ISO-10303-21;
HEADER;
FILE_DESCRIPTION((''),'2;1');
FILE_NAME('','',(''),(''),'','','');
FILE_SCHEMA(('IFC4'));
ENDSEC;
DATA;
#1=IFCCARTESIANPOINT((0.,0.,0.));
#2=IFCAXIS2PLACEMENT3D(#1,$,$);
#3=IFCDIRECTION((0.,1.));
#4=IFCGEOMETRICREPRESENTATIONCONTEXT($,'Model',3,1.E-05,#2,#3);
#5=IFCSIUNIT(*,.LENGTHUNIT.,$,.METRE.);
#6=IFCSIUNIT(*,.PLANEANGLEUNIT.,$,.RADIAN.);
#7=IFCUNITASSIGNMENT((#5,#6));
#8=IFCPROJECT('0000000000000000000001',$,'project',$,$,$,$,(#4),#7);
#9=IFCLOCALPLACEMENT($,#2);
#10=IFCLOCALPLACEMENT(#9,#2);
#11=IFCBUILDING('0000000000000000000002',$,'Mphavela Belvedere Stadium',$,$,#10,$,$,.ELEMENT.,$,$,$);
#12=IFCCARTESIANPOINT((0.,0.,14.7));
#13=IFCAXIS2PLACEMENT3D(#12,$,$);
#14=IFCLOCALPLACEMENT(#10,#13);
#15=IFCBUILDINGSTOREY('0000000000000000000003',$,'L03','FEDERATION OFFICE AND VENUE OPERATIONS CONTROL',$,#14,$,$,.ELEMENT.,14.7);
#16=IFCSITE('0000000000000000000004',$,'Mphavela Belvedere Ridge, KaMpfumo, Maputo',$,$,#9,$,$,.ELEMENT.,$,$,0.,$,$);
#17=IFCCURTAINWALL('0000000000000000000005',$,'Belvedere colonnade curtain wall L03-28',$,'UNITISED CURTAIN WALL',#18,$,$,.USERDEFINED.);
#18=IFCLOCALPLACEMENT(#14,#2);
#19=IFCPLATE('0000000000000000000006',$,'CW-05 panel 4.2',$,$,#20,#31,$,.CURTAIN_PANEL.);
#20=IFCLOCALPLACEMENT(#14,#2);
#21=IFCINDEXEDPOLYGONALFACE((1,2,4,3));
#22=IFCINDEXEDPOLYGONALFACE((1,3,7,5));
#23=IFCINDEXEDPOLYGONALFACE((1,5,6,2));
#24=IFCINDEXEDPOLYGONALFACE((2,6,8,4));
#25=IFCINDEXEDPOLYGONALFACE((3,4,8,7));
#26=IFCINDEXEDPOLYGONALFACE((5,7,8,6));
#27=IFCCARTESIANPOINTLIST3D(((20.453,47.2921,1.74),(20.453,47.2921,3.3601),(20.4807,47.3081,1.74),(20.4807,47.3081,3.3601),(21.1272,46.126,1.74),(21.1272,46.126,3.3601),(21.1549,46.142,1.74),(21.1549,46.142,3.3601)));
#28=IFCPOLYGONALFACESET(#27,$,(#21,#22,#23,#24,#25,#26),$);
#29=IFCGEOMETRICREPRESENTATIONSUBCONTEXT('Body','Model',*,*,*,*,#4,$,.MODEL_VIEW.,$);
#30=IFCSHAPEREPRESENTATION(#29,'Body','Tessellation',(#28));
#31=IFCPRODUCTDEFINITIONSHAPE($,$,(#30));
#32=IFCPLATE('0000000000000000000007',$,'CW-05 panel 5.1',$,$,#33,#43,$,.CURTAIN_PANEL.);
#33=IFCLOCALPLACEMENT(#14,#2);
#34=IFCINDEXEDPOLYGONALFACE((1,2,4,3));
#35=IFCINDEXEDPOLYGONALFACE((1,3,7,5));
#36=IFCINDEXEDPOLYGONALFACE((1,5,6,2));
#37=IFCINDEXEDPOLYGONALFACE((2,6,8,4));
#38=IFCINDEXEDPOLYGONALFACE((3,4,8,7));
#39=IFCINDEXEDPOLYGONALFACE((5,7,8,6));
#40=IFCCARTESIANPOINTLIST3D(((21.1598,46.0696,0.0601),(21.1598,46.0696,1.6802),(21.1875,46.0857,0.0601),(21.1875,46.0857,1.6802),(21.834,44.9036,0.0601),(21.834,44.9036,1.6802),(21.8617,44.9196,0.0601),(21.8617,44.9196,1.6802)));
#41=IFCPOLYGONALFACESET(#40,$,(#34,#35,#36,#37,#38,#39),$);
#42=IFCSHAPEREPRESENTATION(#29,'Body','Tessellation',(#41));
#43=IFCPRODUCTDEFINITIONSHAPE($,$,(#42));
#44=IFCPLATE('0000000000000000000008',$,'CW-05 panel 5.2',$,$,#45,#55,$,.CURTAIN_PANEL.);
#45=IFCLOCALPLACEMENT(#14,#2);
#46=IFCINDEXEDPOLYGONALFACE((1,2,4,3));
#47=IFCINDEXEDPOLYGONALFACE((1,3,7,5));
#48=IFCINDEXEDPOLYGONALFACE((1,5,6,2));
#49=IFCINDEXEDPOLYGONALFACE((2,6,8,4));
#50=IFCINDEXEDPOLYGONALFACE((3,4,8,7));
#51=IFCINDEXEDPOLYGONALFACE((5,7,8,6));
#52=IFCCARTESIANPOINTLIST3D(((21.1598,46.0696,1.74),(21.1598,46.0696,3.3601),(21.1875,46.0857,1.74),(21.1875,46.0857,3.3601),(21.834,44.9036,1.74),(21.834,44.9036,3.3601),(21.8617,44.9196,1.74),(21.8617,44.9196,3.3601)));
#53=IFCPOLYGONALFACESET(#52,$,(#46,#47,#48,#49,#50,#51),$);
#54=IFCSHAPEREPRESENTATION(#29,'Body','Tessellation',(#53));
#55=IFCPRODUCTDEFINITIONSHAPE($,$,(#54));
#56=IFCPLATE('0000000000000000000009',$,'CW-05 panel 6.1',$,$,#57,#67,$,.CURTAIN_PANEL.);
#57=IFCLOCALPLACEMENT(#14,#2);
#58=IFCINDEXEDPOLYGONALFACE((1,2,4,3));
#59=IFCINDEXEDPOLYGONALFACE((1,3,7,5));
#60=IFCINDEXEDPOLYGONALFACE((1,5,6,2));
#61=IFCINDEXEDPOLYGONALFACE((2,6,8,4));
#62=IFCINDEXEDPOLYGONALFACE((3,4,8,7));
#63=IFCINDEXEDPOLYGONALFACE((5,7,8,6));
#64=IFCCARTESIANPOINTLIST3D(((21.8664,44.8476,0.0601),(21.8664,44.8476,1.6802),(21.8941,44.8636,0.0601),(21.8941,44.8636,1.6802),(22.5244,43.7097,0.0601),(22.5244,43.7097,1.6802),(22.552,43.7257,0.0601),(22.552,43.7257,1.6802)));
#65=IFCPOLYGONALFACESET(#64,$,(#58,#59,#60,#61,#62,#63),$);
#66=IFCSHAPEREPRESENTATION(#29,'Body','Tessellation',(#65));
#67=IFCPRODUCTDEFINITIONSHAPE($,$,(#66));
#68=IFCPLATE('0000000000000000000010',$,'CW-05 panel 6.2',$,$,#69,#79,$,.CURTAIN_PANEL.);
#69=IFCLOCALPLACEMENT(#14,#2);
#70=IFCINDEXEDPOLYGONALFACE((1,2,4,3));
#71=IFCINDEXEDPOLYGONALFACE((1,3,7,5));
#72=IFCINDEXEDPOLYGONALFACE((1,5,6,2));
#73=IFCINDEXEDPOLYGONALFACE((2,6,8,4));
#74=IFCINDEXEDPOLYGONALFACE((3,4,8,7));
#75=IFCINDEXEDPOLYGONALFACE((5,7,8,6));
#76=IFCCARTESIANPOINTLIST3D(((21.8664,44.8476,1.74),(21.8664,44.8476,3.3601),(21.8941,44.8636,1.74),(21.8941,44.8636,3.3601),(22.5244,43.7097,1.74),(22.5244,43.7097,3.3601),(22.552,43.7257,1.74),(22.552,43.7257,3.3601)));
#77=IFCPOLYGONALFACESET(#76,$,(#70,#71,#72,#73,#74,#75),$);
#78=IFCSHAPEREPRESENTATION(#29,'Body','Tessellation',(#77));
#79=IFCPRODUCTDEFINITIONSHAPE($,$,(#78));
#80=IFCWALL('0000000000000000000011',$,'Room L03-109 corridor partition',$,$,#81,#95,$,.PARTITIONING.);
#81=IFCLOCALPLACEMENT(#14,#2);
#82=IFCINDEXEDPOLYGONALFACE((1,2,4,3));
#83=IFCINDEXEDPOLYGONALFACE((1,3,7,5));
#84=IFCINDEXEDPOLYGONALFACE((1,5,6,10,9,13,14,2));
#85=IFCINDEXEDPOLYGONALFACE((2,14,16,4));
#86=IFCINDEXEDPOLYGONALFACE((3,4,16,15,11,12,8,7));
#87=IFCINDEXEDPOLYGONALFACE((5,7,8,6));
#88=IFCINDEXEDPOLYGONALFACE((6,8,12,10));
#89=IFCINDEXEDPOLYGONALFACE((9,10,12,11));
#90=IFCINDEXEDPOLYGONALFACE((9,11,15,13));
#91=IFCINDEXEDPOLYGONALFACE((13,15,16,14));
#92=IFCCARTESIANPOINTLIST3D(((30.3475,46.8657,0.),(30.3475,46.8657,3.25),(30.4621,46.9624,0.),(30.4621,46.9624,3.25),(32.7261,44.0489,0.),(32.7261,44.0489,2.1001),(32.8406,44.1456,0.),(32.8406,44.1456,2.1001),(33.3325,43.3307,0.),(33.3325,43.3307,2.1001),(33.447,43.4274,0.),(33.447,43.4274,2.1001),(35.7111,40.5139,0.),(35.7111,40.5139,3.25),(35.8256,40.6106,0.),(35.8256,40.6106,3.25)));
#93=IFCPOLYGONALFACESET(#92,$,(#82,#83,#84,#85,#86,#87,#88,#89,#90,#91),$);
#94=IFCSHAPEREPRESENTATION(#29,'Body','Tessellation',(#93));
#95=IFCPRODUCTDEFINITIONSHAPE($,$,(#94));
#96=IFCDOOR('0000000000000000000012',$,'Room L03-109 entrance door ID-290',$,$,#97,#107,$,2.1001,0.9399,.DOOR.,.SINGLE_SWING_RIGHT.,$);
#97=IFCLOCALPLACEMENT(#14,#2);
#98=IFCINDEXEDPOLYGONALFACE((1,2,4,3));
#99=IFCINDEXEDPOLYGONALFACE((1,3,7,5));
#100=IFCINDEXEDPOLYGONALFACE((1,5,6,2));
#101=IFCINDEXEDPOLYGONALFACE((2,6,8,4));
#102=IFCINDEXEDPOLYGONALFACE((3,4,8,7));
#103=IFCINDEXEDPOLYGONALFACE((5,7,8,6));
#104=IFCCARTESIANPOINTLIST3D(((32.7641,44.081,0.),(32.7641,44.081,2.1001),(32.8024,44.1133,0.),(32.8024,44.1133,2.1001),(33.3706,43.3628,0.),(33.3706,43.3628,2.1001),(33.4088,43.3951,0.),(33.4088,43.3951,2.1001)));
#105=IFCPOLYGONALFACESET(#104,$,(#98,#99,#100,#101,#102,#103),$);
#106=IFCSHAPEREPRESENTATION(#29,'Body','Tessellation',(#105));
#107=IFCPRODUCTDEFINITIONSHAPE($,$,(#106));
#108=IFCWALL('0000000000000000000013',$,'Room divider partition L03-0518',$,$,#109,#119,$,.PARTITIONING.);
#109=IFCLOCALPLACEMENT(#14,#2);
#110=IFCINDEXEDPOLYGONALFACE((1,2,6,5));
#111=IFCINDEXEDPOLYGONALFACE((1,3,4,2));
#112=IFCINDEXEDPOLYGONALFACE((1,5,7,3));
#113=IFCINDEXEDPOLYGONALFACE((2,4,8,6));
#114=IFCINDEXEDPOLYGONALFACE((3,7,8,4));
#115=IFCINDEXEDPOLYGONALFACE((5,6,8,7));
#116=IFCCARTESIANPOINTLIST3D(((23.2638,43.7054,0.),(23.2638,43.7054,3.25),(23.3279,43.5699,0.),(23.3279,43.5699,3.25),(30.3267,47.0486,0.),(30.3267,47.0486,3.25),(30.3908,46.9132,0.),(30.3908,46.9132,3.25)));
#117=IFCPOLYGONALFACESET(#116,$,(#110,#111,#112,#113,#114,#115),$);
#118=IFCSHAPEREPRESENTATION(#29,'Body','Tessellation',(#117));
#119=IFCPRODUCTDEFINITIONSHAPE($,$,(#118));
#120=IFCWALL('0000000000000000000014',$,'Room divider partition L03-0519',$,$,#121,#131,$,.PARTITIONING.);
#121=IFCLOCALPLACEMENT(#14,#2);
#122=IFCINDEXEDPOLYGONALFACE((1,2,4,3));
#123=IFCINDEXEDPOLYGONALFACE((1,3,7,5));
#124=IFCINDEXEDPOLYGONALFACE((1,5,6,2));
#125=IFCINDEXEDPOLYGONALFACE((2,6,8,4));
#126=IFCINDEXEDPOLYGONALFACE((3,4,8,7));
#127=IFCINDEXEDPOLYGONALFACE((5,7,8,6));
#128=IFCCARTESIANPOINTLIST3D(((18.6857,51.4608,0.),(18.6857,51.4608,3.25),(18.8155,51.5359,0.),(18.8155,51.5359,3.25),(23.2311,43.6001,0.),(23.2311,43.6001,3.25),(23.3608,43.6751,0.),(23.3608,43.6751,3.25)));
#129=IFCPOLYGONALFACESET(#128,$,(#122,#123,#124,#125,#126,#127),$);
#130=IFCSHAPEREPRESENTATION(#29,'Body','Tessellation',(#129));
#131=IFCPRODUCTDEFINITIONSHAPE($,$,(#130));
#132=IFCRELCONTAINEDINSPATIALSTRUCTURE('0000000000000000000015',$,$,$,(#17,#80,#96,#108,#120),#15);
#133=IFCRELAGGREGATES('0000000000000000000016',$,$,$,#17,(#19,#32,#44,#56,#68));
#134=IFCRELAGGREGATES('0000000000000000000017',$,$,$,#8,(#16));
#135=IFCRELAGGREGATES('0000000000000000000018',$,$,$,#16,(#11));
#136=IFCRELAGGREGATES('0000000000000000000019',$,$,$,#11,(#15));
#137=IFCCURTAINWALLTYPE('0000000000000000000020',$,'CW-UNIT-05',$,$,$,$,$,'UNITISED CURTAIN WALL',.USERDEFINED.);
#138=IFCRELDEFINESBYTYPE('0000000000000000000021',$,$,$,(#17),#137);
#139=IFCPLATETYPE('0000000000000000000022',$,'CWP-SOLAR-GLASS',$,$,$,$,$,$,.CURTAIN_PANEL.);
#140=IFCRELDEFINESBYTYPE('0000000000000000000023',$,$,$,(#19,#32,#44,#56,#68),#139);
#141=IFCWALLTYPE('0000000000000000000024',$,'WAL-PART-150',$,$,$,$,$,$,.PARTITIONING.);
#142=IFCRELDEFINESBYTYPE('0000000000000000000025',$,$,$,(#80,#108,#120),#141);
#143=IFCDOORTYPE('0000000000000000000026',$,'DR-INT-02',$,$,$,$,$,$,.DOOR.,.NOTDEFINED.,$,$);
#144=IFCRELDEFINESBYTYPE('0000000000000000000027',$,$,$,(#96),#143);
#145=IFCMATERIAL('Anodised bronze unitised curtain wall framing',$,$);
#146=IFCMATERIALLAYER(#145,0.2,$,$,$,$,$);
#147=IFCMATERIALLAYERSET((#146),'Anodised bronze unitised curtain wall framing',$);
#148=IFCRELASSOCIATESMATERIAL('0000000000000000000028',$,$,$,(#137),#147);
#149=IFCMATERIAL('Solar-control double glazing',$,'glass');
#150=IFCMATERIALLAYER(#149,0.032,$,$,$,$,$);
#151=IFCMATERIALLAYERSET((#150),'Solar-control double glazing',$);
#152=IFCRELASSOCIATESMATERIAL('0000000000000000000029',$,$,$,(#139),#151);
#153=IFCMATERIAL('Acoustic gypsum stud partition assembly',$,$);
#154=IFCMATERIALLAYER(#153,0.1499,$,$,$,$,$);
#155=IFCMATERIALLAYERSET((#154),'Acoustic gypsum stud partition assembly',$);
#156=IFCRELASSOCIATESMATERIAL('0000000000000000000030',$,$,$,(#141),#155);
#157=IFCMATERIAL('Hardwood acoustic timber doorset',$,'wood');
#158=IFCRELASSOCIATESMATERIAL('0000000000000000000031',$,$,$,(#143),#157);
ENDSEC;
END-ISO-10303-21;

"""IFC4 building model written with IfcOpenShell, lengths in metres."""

from ifc_helpers import new_model, si_unit, direction, frame, frame_2d, origin, origin_2d, place, context, subcontext, project, spatial, rectangle, extrude, material, layer, layer_set, type_object, element, fill, aggregate, save


model = new_model("IFC4")

# Units and contexts
model_context = context("Model", 3, precision=1e-05, world=origin(), true_north=direction((0.0, 1.0)))
body_context = subcontext(model_context, "Body", "Model", "MODEL_VIEW")
ifc_project = project(units=[si_unit("LENGTHUNIT", "METRE"), si_unit("PLANEANGLEUNIT", "RADIAN")], contexts=[model_context])

# Site, building, storey
site_placement = place(None, origin())
site = spatial("IfcSite", under=ifc_project, at=site_placement, Name="Mphavela Belvedere Ridge, KaMpfumo, Maputo", CompositionType="ELEMENT", RefElevation=0.0)
building_placement = place(site_placement, origin())
building = spatial("IfcBuilding", under=site, at=building_placement, Name="Mphavela Belvedere Stadium", CompositionType="ELEMENT")
storey_placement = place(building_placement, frame((0.0, 0.0, 14.7)))
storey = spatial("IfcBuildingStorey", under=building, at=storey_placement, Name="L03", Description="FEDERATION OFFICE AND VENUE OPERATIONS CONTROL", CompositionType="ELEMENT", Elevation=14.7)

# Curtain wall, plates
ifc_material_1 = material(Name="Anodised bronze unitised curtain wall framing")
ifc_layer_1 = layer(ifc_material_1, 0.2)
ifc_layer_set_1 = layer_set([ifc_layer_1], Name="Anodised bronze unitised curtain wall framing")
curtain_wall_type = type_object("IfcCurtainWallType", Name="CW-UNIT-05", ElementType="UNITISED CURTAIN WALL", PredefinedType="USERDEFINED", material=ifc_layer_set_1)
curtain_wall_placement = place(storey_placement, origin())
curtain_wall = element("IfcCurtainWall", 1, at=curtain_wall_placement, inside=storey, type_object=curtain_wall_type, Name="Belvedere colonnade curtain wall L03-28", ObjectType="UNITISED CURTAIN WALL", PredefinedType="USERDEFINED")
ifc_material_2 = material(Name="Solar-control double glazing", Category="glass")
ifc_layer_2 = layer(ifc_material_2, 0.032)
ifc_layer_set_2 = layer_set([ifc_layer_2], Name="Solar-control double glazing")
plate_type = type_object("IfcPlateType", Name="CWP-SOLAR-GLASS", PredefinedType="CURTAIN_PANEL", material=ifc_layer_set_2)
plate_1_placement = place(storey_placement, frame((20.804, 46.717, 1.74), z_axis=(0.0, 0.0, 1.0), x_axis=(0.500554, -0.865705, 0.0)))
plate_1 = element("IfcPlate", 2, at=plate_1_placement, type_object=plate_type, Name="CW-05 panel 4.2", PredefinedType="CURTAIN_PANEL", context=body_context, shape_type="SweptSolid", body=[
    extrude(rectangle(XDim=1.3469, YDim=0.032, at=origin_2d()), origin(), (0.0, 0.0, 1.0), 1.6201),
])
plate_2_placement = place(storey_placement, frame((21.5107, 45.4946, 0.0601), z_axis=(0.0, 0.0, 1.0), x_axis=(0.500554, -0.865705, 0.0)))
plate_2 = element("IfcPlate", 3, at=plate_2_placement, type_object=plate_type, Name="CW-05 panel 5.1", PredefinedType="CURTAIN_PANEL", context=body_context, shape_type="SweptSolid", body=[
    extrude(rectangle(XDim=1.3469, YDim=0.032, at=origin_2d()), origin(), (0.0, 0.0, 1.0), 1.6201),
])
plate_3_placement = place(storey_placement, frame((21.5107, 45.4946, 1.74), z_axis=(0.0, 0.0, 1.0), x_axis=(0.500554, -0.865705, 0.0)))
plate_3 = element("IfcPlate", 4, at=plate_3_placement, type_object=plate_type, Name="CW-05 panel 5.2", PredefinedType="CURTAIN_PANEL", context=body_context, shape_type="SweptSolid", body=[
    extrude(rectangle(XDim=1.3469, YDim=0.032, at=origin_2d()), origin(), (0.0, 0.0, 1.0), 1.6201),
])
plate_4_placement = place(storey_placement, frame((22.2092, 44.2866, 0.0601), z_axis=(0.0, 0.0, 1.0), x_axis=(0.500554, -0.865705, 0.0)))
plate_4 = element("IfcPlate", 5, at=plate_4_placement, type_object=plate_type, Name="CW-05 panel 6.1", PredefinedType="CURTAIN_PANEL", context=body_context, shape_type="SweptSolid", body=[
    extrude(rectangle(XDim=1.3145, YDim=0.032, at=origin_2d()), origin(), (0.0, 0.0, 1.0), 1.6201),
])
plate_5_placement = place(storey_placement, frame((22.2092, 44.2866, 1.74), z_axis=(0.0, 0.0, 1.0), x_axis=(0.500554, -0.865705, 0.0)))
plate_5 = element("IfcPlate", 6, at=plate_5_placement, type_object=plate_type, Name="CW-05 panel 6.2", PredefinedType="CURTAIN_PANEL", context=body_context, shape_type="SweptSolid", body=[
    extrude(rectangle(XDim=1.3145, YDim=0.032, at=origin_2d()), origin(), (0.0, 0.0, 1.0), 1.6201),
])
aggregate(curtain_wall, [plate_1, plate_2, plate_3, plate_4, plate_5])

# Wall, opening, door
ifc_material_3 = material(Name="Acoustic gypsum stud partition assembly")
ifc_layer_3 = layer(ifc_material_3, 0.1499)
ifc_layer_set_3 = layer_set([ifc_layer_3], Name="Acoustic gypsum stud partition assembly")
wall_type = type_object("IfcWallType", Name="WAL-PART-150", PredefinedType="PARTITIONING", material=ifc_layer_set_3)
wall_1_placement = place(storey_placement, frame((30.4048, 46.9141, 0.0), z_axis=(0.0, 0.0, 1.0), x_axis=(0.645165, -0.764043, 0.0)))
wall_1 = element("IfcWall", 7, at=wall_1_placement, inside=storey, type_object=wall_type, Name="Room L03-109 corridor partition", PredefinedType="PARTITIONING", context=body_context, shape_type="SweptSolid", body=[
    extrude(rectangle(XDim=8.3135, YDim=0.1499, at=frame_2d((4.1567, 0.0))), origin(), (0.0, 0.0, 1.0), 3.25),
])
opening_placement = place(wall_1_placement, frame((3.6868, 0.0, 0.0)))
opening = element("IfcOpeningElement", 8, at=opening_placement, cuts=wall_1, PredefinedType="OPENING", context=body_context, shape_type="SweptSolid", body=[
    extrude(rectangle(XDim=0.9399, YDim=2.1001, at=frame_2d((0.47, 1.05))), frame((0.0, 0.085, 0.0), z_axis=(0.0, -1.0, 0.0), x_axis=(1.0, 0.0, 0.0)), (0.0, 0.0, 1.0), 0.1699),
])
ifc_material_4 = material(Name="Hardwood acoustic timber doorset", Category="wood")
door_type = type_object("IfcDoorType", Name="DR-INT-02", OperationType="NOTDEFINED", PredefinedType="DOOR", material=ifc_material_4)
door_placement = place(opening_placement, origin())
door = element("IfcDoor", 9, at=door_placement, inside=storey, type_object=door_type, Name="Room L03-109 entrance door ID-290", OperationType="SINGLE_SWING_RIGHT", OverallHeight=2.1001, OverallWidth=0.9399, PredefinedType="DOOR", context=body_context, shape_type="SweptSolid", body=[
    extrude(rectangle(XDim=0.9399, YDim=2.1001, at=frame_2d((0.47, 1.05))), frame((0.0, 0.0249, 0.0), z_axis=(0.0, -1.0, 0.0), x_axis=(1.0, 0.0, 0.0)), (0.0, 0.0, 1.0), 0.05),
])
fill(opening, door)

# Walls
wall_2_placement = place(storey_placement, frame((30.3589, 46.981, 0.0), z_axis=(0.0, 0.0, 1.0), x_axis=(-0.903855, -0.427839, 0.0)))
element("IfcWall", 10, at=wall_2_placement, inside=storey, type_object=wall_type, Name="Room divider partition L03-0518", PredefinedType="PARTITIONING", context=body_context, shape_type="SweptSolid", body=[
    extrude(rectangle(XDim=7.8142, YDim=0.1499, at=frame_2d((3.9072, 0.0))), origin(), (0.0, 0.0, 1.0), 3.25),
])
wall_3_placement = place(storey_placement, frame((23.2959, 43.6377, 0.0), z_axis=(0.0, 0.0, 1.0), x_axis=(-0.500574, 0.865694, 0.0)))
element("IfcWall", 11, at=wall_3_placement, inside=storey, type_object=wall_type, Name="Room divider partition L03-0519", PredefinedType="PARTITIONING", context=body_context, shape_type="SweptSolid", body=[
    extrude(rectangle(XDim=9.0803, YDim=0.1499, at=frame_2d((4.54, 0.0))), origin(), (0.0, 0.0, 1.0), 3.25),
])

save(model, "model.ifc")
